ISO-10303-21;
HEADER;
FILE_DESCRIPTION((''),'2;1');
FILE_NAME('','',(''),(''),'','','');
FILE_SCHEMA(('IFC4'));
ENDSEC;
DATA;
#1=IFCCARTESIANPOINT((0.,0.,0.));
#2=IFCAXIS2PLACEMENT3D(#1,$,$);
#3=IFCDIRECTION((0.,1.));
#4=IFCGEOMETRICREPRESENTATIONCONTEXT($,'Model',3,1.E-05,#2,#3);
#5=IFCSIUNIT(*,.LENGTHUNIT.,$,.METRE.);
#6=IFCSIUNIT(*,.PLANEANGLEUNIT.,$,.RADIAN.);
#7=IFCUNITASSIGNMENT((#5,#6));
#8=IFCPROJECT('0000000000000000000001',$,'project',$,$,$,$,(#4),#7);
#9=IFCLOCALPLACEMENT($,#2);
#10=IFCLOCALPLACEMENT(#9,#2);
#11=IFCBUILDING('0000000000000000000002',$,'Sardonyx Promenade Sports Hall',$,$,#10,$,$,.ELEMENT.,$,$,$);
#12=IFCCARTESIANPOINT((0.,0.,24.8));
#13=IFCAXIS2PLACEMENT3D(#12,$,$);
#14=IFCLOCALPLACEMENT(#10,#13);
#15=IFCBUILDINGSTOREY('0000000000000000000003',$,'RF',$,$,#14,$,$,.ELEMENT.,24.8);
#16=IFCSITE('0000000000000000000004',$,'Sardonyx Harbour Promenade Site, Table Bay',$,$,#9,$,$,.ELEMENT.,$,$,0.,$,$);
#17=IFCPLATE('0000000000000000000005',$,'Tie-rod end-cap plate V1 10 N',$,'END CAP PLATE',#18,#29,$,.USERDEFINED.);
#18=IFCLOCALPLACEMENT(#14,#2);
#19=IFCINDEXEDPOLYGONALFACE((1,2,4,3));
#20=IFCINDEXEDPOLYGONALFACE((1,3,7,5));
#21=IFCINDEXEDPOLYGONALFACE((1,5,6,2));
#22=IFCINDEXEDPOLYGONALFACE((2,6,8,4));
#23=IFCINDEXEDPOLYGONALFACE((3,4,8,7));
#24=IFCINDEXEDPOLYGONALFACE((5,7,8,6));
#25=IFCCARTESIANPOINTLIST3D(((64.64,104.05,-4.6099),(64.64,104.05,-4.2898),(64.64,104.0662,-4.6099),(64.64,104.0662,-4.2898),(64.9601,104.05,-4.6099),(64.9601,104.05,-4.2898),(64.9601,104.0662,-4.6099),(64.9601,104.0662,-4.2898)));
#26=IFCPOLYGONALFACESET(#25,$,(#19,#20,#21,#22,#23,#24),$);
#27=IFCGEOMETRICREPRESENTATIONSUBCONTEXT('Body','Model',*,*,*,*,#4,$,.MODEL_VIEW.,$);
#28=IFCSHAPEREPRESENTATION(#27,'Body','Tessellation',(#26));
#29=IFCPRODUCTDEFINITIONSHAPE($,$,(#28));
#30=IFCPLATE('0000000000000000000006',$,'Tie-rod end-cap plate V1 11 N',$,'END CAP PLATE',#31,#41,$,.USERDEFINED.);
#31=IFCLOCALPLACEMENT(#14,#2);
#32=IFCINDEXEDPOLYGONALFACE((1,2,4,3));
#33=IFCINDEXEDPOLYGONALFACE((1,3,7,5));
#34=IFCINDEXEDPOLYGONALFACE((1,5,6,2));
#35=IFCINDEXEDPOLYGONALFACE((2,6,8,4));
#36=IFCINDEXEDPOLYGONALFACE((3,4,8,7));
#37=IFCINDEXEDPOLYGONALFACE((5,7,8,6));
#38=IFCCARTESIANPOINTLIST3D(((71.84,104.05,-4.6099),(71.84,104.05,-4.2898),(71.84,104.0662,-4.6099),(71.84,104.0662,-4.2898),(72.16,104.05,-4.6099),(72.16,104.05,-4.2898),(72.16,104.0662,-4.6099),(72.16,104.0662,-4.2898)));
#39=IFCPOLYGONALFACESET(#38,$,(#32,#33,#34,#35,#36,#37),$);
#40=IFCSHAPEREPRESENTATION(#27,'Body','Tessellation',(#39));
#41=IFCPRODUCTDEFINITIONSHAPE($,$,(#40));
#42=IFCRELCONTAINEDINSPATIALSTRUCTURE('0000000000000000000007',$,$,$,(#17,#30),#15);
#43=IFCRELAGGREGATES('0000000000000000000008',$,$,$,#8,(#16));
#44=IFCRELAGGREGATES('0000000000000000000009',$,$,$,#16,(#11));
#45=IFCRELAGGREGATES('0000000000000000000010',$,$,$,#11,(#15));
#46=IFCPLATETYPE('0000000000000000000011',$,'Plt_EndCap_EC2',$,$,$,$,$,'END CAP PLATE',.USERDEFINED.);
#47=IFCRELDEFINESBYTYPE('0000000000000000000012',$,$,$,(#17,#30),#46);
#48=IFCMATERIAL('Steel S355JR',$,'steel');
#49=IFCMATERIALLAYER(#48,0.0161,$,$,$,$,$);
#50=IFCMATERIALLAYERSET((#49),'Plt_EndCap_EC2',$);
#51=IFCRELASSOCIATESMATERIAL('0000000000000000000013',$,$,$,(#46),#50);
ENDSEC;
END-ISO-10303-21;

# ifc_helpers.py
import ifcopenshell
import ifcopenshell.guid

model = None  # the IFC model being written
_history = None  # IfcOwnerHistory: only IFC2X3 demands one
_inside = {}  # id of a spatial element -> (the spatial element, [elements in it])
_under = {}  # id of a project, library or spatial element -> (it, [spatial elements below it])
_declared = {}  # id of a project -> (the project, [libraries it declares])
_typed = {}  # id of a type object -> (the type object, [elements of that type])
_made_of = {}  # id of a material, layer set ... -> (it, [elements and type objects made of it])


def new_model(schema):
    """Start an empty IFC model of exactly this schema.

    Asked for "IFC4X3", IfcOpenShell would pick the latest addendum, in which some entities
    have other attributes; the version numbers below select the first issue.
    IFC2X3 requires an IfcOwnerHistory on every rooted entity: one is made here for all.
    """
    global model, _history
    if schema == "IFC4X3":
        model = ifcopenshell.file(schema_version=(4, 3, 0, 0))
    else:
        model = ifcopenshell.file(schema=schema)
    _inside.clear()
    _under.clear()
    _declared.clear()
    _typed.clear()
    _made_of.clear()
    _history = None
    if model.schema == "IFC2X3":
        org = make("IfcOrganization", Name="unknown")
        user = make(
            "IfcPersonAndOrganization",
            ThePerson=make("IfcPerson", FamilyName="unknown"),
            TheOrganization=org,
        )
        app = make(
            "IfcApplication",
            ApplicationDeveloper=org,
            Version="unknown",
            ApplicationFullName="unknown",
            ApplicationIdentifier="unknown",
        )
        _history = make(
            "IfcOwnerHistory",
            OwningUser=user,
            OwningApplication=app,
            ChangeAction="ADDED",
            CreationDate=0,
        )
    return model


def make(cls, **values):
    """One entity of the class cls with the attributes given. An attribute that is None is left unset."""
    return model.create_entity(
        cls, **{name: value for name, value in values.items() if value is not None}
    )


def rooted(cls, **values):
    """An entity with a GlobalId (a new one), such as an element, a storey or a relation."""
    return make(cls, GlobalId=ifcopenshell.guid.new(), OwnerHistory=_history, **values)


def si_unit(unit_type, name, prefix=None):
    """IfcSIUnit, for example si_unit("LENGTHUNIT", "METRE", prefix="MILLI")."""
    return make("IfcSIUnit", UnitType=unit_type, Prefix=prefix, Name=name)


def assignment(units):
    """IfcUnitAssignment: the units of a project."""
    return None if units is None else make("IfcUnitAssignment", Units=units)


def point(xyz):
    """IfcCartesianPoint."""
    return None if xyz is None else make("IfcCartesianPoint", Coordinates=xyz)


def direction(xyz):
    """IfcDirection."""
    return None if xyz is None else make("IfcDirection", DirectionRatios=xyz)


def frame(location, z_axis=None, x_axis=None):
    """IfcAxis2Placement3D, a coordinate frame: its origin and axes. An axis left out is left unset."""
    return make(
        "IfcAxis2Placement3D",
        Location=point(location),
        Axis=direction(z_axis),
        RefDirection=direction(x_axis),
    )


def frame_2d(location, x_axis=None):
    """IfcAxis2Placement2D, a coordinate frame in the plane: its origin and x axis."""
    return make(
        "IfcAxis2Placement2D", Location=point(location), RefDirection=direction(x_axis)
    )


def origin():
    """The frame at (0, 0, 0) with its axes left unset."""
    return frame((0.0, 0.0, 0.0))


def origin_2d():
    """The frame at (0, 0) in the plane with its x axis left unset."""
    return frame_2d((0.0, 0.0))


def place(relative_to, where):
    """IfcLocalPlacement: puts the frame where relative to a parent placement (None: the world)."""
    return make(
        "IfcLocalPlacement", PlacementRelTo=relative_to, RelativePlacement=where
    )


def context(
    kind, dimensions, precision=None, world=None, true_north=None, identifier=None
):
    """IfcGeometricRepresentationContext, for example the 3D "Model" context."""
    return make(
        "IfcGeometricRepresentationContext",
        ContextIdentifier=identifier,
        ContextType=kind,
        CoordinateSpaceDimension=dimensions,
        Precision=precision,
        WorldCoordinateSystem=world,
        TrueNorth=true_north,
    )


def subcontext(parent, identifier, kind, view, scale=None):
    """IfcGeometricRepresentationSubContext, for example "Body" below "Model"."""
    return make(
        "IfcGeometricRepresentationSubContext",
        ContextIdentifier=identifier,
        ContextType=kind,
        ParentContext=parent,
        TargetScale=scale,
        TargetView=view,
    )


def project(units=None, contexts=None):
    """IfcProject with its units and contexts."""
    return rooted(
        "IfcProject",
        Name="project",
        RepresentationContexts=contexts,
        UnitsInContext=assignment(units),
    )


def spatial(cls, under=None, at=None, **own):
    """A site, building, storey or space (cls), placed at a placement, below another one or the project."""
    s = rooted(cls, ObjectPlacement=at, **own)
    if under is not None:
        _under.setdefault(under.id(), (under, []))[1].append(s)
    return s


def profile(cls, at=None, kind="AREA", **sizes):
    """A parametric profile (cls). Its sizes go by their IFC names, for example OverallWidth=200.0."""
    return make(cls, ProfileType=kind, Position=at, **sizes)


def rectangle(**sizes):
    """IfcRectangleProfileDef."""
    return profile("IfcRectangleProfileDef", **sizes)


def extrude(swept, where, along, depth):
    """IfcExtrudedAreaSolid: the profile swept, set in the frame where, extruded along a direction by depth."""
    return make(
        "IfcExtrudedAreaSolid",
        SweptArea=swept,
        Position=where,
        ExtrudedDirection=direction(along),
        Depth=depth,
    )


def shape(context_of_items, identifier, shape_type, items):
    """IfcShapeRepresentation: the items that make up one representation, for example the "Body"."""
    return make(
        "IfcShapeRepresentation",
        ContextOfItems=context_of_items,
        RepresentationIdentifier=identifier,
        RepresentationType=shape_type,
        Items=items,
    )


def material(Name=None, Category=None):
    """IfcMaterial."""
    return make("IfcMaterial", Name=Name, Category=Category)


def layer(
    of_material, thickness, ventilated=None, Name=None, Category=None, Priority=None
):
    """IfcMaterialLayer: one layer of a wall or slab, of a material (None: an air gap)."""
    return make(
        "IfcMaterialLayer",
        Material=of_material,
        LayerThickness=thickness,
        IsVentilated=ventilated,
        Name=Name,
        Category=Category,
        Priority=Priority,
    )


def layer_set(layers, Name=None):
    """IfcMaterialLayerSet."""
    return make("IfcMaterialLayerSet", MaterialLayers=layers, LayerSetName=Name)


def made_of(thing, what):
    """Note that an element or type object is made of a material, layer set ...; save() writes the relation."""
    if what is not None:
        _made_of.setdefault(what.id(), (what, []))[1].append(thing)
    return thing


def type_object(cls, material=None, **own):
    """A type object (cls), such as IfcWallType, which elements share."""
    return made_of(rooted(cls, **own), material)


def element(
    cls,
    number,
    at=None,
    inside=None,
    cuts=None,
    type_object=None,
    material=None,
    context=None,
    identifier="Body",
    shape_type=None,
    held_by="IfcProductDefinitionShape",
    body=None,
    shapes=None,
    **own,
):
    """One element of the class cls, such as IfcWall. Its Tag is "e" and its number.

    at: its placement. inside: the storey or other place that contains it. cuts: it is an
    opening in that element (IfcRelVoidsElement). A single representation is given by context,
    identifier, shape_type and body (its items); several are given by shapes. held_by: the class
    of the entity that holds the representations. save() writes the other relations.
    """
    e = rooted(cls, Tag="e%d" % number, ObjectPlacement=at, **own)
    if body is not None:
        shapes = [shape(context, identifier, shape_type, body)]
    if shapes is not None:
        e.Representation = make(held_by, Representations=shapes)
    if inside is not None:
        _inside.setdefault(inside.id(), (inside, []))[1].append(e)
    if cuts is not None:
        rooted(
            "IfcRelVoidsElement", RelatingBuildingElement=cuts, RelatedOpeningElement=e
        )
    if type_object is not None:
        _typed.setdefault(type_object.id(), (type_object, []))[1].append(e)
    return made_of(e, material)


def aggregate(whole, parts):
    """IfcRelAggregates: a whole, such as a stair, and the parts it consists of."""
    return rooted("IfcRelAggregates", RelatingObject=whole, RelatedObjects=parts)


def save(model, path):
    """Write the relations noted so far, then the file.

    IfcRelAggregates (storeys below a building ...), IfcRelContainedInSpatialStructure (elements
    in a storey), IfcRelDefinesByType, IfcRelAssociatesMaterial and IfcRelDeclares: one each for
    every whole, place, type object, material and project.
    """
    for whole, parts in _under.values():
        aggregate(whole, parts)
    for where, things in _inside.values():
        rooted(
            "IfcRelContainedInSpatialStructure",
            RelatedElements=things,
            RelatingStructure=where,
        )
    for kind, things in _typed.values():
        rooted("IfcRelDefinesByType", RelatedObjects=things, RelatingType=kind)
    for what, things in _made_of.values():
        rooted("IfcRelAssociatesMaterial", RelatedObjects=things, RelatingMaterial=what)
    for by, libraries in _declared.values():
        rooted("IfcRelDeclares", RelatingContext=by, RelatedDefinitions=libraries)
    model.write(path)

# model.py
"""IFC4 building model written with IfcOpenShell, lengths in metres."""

from ifc_helpers import new_model, si_unit, direction, frame, origin, origin_2d, place, context, subcontext, project, spatial, rectangle, extrude, material, layer, layer_set, type_object, element, save


model = new_model("IFC4")

# Units and contexts
model_context = context("Model", 3, precision=1e-05, world=origin(), true_north=direction((0.0, 1.0)))
body_context = subcontext(model_context, "Body", "Model", "MODEL_VIEW")
ifc_project = project(units=[si_unit("LENGTHUNIT", "METRE"), si_unit("PLANEANGLEUNIT", "RADIAN")], contexts=[model_context])

# Site, building, storey
site_placement = place(None, origin())
site = spatial("IfcSite", under=ifc_project, at=site_placement, Name="Sardonyx Harbour Promenade Site, Table Bay", CompositionType="ELEMENT", RefElevation=0.0)
building_placement = place(site_placement, origin())
building = spatial("IfcBuilding", under=site, at=building_placement, Name="Sardonyx Promenade Sports Hall", CompositionType="ELEMENT")
storey_placement = place(building_placement, frame((0.0, 0.0, 24.8)))
storey = spatial("IfcBuildingStorey", under=building, at=storey_placement, Name="RF", CompositionType="ELEMENT", Elevation=24.8)

# Plates
ifc_material_1 = material(Name="Steel S355JR", Category="steel")
ifc_layer = layer(ifc_material_1, 0.0161)
ifc_layer_set = layer_set([ifc_layer], Name="Plt_EndCap_EC2")
plate_type = type_object("IfcPlateType", Name="Plt_EndCap_EC2", ElementType="END CAP PLATE", PredefinedType="USERDEFINED", material=ifc_layer_set)
for number, where, z_axis, x_axis, name in (
    (1, (64.8, 104.0581, -4.6099), (0.0, 0.0, 1.0), (1.0, 0.0, 0.0), "Tie-rod end-cap plate V1 10 N"),
    (2, (72.0, 104.0581, -4.6099), (0.0, 0.0, 1.0), (1.0, 0.0, 0.0), "Tie-rod end-cap plate V1 11 N"),
):
    element("IfcPlate", number, at=place(storey_placement, frame(where, z_axis=z_axis, x_axis=x_axis)), inside=storey, type_object=plate_type, Name=name, ObjectType="END CAP PLATE", PredefinedType="USERDEFINED", context=body_context, shape_type="SweptSolid", body=[
        extrude(rectangle(XDim=0.3201, YDim=0.0161, at=origin_2d()), origin(), (0.0, 0.0, 1.0), 0.3201),
    ])

save(model, "model.ifc")
